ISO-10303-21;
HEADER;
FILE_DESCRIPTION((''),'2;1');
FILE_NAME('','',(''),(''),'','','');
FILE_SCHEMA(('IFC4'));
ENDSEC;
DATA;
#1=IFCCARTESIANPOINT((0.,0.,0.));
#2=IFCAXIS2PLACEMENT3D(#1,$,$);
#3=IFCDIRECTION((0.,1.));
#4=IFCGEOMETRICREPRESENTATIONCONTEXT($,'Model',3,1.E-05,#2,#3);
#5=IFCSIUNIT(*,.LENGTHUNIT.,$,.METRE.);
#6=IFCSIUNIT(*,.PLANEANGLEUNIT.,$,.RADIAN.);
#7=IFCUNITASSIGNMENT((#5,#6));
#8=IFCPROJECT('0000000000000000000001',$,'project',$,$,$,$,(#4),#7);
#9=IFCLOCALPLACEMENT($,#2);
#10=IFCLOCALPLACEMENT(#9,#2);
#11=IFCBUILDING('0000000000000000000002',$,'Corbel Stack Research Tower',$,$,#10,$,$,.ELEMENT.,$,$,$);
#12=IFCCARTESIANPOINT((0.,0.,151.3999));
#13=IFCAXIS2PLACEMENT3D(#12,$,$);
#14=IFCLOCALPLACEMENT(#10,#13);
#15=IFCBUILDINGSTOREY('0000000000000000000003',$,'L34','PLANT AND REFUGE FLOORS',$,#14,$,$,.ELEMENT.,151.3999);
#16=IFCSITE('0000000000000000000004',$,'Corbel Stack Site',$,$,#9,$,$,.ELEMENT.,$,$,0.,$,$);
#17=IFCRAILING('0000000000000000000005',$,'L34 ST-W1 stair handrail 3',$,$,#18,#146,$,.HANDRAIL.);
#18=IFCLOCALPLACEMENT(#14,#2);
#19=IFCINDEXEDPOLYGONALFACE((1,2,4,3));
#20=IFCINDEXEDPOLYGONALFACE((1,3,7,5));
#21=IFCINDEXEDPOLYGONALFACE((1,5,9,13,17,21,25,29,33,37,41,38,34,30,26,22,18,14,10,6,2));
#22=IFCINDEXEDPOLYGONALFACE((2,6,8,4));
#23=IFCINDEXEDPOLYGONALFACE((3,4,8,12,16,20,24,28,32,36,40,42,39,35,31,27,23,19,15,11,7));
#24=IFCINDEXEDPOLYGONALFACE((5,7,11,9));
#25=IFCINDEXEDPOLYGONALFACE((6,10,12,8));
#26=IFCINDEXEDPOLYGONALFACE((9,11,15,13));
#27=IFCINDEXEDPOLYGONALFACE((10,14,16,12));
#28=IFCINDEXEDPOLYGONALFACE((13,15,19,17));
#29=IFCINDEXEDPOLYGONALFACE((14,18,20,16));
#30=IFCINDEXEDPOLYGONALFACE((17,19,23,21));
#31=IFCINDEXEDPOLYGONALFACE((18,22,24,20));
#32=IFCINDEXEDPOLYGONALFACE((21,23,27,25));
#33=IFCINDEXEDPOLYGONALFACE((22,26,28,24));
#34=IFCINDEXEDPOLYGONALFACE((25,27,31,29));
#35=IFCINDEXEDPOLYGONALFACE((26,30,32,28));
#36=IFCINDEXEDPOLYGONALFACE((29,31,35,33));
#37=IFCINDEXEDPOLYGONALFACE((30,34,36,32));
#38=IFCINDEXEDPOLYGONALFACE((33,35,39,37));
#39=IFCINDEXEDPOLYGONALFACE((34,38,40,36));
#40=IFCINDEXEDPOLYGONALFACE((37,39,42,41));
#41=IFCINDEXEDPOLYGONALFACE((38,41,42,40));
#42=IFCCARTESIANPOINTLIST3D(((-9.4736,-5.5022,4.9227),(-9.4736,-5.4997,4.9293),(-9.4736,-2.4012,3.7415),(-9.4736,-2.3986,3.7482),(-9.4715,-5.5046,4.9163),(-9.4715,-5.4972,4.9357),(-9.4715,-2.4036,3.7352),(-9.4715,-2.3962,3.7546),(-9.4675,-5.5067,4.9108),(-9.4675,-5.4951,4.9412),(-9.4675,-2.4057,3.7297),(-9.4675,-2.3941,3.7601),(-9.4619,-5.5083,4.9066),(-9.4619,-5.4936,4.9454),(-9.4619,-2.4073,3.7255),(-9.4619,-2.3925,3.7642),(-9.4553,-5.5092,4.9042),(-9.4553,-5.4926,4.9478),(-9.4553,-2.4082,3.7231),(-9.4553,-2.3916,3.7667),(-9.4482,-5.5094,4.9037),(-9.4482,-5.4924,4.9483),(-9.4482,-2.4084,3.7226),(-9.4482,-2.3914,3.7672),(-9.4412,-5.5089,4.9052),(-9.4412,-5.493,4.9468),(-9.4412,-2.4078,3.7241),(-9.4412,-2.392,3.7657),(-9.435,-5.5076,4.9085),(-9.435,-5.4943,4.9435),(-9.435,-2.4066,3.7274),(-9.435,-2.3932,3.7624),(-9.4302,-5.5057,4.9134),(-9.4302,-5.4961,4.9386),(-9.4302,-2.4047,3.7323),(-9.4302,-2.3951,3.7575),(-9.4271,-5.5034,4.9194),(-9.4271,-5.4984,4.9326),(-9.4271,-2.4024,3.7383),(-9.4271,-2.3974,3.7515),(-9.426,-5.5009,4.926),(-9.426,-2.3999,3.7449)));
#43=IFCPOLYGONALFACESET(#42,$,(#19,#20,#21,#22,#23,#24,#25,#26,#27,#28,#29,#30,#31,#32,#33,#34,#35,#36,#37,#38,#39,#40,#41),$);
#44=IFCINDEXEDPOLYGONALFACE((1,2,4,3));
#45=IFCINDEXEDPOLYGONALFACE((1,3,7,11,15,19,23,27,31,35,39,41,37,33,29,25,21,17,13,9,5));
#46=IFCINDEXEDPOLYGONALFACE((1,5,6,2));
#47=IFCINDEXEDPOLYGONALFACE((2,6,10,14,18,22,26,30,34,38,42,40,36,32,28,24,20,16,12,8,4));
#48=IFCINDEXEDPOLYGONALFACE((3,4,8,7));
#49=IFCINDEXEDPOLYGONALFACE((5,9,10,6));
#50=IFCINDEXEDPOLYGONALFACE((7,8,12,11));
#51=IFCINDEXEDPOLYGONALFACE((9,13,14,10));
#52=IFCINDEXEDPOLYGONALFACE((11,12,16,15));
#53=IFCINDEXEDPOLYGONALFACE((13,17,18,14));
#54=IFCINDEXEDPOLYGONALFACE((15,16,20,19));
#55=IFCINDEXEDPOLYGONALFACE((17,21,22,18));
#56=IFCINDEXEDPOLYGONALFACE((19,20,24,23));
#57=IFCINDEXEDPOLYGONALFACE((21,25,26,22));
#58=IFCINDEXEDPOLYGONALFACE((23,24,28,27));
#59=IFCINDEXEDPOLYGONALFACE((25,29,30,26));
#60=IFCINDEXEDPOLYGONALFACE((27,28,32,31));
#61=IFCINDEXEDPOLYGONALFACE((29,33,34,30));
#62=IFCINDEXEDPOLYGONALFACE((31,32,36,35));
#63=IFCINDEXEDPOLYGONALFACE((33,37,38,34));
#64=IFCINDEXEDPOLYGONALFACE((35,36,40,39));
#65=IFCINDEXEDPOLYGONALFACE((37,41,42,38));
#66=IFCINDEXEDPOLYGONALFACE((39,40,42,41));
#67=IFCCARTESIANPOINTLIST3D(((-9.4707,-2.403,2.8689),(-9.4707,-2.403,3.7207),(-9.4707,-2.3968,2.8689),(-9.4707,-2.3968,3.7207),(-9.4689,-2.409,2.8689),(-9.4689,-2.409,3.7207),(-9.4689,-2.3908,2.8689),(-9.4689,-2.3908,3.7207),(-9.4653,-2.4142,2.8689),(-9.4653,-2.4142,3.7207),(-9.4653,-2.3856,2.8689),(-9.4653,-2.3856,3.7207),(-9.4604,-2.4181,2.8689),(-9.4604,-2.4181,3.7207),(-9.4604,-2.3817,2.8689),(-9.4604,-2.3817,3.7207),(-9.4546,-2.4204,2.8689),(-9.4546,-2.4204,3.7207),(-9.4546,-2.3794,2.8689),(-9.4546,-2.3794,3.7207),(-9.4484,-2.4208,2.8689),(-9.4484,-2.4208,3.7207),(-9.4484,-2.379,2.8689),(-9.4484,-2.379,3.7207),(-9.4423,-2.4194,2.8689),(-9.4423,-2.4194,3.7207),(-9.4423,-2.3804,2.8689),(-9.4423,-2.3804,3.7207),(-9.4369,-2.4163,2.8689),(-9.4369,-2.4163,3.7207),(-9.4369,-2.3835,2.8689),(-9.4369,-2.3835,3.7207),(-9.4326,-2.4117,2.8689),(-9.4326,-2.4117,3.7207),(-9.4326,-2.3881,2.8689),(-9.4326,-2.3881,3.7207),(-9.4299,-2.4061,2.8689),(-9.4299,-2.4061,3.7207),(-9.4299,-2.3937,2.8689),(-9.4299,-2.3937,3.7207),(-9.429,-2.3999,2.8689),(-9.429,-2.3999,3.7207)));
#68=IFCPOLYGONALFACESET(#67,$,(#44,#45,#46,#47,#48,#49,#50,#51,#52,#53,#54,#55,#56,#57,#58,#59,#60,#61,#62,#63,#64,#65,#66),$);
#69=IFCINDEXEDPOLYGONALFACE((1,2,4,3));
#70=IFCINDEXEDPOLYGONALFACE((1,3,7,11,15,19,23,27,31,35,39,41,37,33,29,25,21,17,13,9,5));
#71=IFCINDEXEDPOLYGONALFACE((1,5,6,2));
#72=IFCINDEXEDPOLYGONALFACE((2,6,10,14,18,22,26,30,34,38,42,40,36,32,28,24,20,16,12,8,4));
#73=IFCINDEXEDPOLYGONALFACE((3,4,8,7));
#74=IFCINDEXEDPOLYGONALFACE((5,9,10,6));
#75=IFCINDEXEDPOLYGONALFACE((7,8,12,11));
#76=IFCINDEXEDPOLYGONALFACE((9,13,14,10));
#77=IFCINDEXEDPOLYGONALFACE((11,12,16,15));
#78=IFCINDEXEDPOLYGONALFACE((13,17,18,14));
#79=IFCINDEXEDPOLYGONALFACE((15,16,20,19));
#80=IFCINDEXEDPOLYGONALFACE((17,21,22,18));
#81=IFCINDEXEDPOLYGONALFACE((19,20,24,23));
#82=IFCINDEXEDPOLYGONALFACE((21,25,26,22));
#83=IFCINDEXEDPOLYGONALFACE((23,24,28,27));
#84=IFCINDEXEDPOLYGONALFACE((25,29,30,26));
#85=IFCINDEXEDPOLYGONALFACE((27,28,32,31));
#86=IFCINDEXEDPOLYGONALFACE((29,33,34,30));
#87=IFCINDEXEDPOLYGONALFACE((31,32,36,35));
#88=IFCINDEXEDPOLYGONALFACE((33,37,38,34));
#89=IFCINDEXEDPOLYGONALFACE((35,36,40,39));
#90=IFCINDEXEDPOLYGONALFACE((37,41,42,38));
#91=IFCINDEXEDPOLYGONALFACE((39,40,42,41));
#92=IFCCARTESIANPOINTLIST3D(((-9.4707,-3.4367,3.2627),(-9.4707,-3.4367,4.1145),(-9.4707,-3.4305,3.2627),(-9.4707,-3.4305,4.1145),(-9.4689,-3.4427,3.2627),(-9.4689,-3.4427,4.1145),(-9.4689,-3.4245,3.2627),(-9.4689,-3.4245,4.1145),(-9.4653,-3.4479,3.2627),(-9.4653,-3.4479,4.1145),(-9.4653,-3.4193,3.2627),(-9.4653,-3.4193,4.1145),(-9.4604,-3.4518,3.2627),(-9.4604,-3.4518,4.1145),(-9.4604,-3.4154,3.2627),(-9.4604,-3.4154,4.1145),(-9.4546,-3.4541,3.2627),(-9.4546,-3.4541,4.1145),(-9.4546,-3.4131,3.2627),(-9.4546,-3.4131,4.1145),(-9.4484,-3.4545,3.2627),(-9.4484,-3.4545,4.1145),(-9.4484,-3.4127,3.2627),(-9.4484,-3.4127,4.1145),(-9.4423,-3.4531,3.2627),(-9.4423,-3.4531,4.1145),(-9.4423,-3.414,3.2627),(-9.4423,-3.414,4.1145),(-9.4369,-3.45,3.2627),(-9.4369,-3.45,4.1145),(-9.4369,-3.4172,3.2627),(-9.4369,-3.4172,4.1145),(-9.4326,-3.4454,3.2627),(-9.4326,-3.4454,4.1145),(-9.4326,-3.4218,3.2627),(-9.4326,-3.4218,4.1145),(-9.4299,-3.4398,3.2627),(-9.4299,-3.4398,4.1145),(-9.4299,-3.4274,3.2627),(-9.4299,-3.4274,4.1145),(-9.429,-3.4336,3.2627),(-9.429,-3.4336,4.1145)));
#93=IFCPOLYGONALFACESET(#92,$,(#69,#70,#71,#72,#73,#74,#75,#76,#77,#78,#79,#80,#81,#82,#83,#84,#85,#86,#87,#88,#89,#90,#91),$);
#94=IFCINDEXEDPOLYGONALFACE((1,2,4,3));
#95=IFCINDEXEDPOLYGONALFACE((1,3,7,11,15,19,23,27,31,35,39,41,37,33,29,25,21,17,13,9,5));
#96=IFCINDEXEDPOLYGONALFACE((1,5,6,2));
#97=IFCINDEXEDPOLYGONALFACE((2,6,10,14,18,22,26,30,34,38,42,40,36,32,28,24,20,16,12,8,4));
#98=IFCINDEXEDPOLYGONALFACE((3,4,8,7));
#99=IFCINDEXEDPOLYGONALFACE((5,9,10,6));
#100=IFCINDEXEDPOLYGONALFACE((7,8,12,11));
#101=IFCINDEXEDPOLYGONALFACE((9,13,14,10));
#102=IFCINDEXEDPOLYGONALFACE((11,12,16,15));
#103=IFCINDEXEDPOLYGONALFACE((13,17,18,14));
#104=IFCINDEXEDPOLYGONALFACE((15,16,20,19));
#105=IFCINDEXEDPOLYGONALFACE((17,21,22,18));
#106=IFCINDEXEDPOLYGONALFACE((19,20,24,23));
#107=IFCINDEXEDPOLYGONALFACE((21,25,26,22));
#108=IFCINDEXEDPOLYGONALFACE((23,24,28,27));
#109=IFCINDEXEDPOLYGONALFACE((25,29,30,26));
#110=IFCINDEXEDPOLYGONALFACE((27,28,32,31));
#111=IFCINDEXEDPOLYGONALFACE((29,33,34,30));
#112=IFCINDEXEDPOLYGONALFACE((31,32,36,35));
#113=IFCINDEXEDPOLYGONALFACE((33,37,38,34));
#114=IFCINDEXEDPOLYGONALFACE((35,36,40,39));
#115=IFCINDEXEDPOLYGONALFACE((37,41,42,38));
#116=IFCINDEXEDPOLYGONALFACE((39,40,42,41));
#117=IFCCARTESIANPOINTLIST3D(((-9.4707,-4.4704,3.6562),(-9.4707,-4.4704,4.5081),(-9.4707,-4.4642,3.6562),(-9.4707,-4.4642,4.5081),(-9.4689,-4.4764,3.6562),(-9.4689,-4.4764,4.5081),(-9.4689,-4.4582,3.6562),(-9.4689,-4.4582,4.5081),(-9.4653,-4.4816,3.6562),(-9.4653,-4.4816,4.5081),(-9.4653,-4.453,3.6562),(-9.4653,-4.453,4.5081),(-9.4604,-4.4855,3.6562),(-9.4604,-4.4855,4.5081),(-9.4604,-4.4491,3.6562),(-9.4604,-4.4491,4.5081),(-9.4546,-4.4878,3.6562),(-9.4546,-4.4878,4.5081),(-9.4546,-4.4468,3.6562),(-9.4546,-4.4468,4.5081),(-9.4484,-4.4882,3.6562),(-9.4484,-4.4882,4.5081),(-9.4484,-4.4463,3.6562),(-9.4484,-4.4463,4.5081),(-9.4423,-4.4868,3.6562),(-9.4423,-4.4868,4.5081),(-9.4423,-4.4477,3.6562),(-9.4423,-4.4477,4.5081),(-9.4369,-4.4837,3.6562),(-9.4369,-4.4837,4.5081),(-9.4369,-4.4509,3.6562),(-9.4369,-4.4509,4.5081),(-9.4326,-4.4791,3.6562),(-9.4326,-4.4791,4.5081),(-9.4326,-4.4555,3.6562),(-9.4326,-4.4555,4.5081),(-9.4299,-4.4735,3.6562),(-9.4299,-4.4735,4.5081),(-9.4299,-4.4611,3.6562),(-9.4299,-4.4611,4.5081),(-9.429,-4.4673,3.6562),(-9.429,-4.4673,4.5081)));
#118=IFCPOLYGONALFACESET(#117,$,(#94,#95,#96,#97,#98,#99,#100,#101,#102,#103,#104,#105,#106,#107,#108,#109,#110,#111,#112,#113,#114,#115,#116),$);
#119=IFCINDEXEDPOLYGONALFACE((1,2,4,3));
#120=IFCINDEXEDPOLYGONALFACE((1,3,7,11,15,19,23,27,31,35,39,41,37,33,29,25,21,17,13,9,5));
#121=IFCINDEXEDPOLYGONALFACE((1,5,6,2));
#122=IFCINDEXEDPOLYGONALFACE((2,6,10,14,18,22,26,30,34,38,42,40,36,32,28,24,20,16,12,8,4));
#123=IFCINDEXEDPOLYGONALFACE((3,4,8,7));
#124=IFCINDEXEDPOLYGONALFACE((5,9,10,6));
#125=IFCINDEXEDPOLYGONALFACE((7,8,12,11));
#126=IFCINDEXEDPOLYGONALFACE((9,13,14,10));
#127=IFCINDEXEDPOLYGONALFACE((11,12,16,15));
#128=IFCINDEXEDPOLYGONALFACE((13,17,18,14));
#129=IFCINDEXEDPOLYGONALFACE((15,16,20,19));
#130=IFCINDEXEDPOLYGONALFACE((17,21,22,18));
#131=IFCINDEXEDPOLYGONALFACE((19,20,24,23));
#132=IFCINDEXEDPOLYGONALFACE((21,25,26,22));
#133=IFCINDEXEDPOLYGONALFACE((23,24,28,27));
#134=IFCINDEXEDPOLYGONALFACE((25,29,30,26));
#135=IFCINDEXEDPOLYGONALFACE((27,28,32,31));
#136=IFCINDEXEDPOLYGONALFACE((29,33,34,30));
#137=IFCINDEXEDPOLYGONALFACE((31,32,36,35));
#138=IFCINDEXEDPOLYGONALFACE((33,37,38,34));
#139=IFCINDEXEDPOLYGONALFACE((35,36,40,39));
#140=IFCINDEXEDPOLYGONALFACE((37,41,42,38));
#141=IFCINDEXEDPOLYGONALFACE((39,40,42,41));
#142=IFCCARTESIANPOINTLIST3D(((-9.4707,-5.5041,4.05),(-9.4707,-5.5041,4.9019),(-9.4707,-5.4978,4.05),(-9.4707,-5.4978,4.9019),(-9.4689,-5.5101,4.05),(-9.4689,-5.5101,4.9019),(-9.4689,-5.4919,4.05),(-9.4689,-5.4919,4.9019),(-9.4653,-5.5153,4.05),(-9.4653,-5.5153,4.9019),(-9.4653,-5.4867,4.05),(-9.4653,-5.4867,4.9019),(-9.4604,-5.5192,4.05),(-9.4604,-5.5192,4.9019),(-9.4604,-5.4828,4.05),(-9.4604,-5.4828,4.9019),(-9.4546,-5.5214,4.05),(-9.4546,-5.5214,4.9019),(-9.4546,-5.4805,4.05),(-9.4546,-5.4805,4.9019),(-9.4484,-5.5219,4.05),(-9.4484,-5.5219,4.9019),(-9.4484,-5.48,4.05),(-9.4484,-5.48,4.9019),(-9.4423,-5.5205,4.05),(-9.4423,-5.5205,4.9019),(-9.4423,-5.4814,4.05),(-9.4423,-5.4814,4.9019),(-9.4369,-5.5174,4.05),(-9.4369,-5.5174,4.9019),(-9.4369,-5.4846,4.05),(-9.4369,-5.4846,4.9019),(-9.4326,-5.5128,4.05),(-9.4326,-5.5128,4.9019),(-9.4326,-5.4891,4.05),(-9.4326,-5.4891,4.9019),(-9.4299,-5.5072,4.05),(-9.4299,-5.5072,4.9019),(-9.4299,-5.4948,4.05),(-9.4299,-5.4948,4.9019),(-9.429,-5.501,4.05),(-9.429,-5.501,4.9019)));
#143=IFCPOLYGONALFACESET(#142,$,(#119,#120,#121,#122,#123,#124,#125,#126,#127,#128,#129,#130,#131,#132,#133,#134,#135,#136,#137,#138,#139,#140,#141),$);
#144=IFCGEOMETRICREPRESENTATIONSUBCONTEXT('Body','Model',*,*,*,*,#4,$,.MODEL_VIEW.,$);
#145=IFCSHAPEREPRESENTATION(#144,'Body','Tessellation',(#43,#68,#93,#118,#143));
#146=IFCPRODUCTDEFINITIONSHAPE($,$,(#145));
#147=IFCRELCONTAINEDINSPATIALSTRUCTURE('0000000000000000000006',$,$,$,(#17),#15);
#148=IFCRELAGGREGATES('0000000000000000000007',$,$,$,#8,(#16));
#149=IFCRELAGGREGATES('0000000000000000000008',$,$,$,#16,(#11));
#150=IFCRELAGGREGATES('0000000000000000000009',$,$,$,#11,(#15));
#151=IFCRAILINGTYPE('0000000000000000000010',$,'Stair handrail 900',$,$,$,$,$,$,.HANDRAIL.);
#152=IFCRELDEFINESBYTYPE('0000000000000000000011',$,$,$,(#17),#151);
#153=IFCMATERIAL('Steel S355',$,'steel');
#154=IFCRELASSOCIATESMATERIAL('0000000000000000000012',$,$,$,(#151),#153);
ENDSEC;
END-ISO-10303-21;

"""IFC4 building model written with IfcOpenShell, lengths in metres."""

from ifc_helpers import new_model, si_unit, direction, frame, origin, origin_2d, place, context, subcontext, project, spatial, circle, extrude, material, type_object, element, save


model = new_model("IFC4")

# Units and contexts
model_context = context("Model", 3, precision=1e-05, world=origin(), true_north=direction((0.0, 1.0)))
body_context = subcontext(model_context, "Body", "Model", "MODEL_VIEW")
ifc_project = project(units=[si_unit("LENGTHUNIT", "METRE"), si_unit("PLANEANGLEUNIT", "RADIAN")], contexts=[model_context])

# Site, building, storey
site_placement = place(None, origin())
site = spatial("IfcSite", under=ifc_project, at=site_placement, Name="Corbel Stack Site", CompositionType="ELEMENT", RefElevation=0.0)
building_placement = place(site_placement, origin())
building = spatial("IfcBuilding", under=site, at=building_placement, Name="Corbel Stack Research Tower", CompositionType="ELEMENT")
storey_placement = place(building_placement, frame((0.0, 0.0, 151.3999)))
storey = spatial("IfcBuildingStorey", under=building, at=storey_placement, Name="L34", Description="PLANT AND REFUGE FLOORS", CompositionType="ELEMENT", Elevation=151.3999)

# Railing
ifc_material_1 = material(Name="Steel S355", Category="steel")
railing_type_1 = type_object("IfcRailingType", Name="Stair handrail 900", PredefinedType="HANDRAIL", material=ifc_material_1)
for number, where, name in (
    (1, (-9.45, -2.3999, 2.8689), "L34 ST-W1 stair handrail 3"),
):
    element("IfcRailing", number, at=place(storey_placement, frame(where)), inside=storey, type_object=railing_type_1, Name=name, PredefinedType="HANDRAIL", context=body_context, shape_type="SweptSolid", body=[
        extrude(circle(Radius=0.0239, at=origin_2d()), frame((0.0, 0.0, 0.876), z_axis=(0.0, -0.934509, 0.35594), x_axis=(1.0, 0.0, 0.0)), (0.0, 0.0, 1.0), 3.3184),
        extrude(circle(Radius=0.021, at=origin_2d()), origin(), (0.0, 0.0, 1.0), 0.8518),
        extrude(circle(Radius=0.021, at=origin_2d()), frame((0.0, -1.0337, 0.3938)), (0.0, 0.0, 1.0), 0.8518),
        extrude(circle(Radius=0.021, at=origin_2d()), frame((0.0, -2.0674, 0.7874)), (0.0, 0.0, 1.0), 0.8518),
        extrude(circle(Radius=0.021, at=origin_2d()), frame((0.0, -3.1011, 1.1812)), (0.0, 0.0, 1.0), 0.8518),
    ])

save(model, "model.ifc")
